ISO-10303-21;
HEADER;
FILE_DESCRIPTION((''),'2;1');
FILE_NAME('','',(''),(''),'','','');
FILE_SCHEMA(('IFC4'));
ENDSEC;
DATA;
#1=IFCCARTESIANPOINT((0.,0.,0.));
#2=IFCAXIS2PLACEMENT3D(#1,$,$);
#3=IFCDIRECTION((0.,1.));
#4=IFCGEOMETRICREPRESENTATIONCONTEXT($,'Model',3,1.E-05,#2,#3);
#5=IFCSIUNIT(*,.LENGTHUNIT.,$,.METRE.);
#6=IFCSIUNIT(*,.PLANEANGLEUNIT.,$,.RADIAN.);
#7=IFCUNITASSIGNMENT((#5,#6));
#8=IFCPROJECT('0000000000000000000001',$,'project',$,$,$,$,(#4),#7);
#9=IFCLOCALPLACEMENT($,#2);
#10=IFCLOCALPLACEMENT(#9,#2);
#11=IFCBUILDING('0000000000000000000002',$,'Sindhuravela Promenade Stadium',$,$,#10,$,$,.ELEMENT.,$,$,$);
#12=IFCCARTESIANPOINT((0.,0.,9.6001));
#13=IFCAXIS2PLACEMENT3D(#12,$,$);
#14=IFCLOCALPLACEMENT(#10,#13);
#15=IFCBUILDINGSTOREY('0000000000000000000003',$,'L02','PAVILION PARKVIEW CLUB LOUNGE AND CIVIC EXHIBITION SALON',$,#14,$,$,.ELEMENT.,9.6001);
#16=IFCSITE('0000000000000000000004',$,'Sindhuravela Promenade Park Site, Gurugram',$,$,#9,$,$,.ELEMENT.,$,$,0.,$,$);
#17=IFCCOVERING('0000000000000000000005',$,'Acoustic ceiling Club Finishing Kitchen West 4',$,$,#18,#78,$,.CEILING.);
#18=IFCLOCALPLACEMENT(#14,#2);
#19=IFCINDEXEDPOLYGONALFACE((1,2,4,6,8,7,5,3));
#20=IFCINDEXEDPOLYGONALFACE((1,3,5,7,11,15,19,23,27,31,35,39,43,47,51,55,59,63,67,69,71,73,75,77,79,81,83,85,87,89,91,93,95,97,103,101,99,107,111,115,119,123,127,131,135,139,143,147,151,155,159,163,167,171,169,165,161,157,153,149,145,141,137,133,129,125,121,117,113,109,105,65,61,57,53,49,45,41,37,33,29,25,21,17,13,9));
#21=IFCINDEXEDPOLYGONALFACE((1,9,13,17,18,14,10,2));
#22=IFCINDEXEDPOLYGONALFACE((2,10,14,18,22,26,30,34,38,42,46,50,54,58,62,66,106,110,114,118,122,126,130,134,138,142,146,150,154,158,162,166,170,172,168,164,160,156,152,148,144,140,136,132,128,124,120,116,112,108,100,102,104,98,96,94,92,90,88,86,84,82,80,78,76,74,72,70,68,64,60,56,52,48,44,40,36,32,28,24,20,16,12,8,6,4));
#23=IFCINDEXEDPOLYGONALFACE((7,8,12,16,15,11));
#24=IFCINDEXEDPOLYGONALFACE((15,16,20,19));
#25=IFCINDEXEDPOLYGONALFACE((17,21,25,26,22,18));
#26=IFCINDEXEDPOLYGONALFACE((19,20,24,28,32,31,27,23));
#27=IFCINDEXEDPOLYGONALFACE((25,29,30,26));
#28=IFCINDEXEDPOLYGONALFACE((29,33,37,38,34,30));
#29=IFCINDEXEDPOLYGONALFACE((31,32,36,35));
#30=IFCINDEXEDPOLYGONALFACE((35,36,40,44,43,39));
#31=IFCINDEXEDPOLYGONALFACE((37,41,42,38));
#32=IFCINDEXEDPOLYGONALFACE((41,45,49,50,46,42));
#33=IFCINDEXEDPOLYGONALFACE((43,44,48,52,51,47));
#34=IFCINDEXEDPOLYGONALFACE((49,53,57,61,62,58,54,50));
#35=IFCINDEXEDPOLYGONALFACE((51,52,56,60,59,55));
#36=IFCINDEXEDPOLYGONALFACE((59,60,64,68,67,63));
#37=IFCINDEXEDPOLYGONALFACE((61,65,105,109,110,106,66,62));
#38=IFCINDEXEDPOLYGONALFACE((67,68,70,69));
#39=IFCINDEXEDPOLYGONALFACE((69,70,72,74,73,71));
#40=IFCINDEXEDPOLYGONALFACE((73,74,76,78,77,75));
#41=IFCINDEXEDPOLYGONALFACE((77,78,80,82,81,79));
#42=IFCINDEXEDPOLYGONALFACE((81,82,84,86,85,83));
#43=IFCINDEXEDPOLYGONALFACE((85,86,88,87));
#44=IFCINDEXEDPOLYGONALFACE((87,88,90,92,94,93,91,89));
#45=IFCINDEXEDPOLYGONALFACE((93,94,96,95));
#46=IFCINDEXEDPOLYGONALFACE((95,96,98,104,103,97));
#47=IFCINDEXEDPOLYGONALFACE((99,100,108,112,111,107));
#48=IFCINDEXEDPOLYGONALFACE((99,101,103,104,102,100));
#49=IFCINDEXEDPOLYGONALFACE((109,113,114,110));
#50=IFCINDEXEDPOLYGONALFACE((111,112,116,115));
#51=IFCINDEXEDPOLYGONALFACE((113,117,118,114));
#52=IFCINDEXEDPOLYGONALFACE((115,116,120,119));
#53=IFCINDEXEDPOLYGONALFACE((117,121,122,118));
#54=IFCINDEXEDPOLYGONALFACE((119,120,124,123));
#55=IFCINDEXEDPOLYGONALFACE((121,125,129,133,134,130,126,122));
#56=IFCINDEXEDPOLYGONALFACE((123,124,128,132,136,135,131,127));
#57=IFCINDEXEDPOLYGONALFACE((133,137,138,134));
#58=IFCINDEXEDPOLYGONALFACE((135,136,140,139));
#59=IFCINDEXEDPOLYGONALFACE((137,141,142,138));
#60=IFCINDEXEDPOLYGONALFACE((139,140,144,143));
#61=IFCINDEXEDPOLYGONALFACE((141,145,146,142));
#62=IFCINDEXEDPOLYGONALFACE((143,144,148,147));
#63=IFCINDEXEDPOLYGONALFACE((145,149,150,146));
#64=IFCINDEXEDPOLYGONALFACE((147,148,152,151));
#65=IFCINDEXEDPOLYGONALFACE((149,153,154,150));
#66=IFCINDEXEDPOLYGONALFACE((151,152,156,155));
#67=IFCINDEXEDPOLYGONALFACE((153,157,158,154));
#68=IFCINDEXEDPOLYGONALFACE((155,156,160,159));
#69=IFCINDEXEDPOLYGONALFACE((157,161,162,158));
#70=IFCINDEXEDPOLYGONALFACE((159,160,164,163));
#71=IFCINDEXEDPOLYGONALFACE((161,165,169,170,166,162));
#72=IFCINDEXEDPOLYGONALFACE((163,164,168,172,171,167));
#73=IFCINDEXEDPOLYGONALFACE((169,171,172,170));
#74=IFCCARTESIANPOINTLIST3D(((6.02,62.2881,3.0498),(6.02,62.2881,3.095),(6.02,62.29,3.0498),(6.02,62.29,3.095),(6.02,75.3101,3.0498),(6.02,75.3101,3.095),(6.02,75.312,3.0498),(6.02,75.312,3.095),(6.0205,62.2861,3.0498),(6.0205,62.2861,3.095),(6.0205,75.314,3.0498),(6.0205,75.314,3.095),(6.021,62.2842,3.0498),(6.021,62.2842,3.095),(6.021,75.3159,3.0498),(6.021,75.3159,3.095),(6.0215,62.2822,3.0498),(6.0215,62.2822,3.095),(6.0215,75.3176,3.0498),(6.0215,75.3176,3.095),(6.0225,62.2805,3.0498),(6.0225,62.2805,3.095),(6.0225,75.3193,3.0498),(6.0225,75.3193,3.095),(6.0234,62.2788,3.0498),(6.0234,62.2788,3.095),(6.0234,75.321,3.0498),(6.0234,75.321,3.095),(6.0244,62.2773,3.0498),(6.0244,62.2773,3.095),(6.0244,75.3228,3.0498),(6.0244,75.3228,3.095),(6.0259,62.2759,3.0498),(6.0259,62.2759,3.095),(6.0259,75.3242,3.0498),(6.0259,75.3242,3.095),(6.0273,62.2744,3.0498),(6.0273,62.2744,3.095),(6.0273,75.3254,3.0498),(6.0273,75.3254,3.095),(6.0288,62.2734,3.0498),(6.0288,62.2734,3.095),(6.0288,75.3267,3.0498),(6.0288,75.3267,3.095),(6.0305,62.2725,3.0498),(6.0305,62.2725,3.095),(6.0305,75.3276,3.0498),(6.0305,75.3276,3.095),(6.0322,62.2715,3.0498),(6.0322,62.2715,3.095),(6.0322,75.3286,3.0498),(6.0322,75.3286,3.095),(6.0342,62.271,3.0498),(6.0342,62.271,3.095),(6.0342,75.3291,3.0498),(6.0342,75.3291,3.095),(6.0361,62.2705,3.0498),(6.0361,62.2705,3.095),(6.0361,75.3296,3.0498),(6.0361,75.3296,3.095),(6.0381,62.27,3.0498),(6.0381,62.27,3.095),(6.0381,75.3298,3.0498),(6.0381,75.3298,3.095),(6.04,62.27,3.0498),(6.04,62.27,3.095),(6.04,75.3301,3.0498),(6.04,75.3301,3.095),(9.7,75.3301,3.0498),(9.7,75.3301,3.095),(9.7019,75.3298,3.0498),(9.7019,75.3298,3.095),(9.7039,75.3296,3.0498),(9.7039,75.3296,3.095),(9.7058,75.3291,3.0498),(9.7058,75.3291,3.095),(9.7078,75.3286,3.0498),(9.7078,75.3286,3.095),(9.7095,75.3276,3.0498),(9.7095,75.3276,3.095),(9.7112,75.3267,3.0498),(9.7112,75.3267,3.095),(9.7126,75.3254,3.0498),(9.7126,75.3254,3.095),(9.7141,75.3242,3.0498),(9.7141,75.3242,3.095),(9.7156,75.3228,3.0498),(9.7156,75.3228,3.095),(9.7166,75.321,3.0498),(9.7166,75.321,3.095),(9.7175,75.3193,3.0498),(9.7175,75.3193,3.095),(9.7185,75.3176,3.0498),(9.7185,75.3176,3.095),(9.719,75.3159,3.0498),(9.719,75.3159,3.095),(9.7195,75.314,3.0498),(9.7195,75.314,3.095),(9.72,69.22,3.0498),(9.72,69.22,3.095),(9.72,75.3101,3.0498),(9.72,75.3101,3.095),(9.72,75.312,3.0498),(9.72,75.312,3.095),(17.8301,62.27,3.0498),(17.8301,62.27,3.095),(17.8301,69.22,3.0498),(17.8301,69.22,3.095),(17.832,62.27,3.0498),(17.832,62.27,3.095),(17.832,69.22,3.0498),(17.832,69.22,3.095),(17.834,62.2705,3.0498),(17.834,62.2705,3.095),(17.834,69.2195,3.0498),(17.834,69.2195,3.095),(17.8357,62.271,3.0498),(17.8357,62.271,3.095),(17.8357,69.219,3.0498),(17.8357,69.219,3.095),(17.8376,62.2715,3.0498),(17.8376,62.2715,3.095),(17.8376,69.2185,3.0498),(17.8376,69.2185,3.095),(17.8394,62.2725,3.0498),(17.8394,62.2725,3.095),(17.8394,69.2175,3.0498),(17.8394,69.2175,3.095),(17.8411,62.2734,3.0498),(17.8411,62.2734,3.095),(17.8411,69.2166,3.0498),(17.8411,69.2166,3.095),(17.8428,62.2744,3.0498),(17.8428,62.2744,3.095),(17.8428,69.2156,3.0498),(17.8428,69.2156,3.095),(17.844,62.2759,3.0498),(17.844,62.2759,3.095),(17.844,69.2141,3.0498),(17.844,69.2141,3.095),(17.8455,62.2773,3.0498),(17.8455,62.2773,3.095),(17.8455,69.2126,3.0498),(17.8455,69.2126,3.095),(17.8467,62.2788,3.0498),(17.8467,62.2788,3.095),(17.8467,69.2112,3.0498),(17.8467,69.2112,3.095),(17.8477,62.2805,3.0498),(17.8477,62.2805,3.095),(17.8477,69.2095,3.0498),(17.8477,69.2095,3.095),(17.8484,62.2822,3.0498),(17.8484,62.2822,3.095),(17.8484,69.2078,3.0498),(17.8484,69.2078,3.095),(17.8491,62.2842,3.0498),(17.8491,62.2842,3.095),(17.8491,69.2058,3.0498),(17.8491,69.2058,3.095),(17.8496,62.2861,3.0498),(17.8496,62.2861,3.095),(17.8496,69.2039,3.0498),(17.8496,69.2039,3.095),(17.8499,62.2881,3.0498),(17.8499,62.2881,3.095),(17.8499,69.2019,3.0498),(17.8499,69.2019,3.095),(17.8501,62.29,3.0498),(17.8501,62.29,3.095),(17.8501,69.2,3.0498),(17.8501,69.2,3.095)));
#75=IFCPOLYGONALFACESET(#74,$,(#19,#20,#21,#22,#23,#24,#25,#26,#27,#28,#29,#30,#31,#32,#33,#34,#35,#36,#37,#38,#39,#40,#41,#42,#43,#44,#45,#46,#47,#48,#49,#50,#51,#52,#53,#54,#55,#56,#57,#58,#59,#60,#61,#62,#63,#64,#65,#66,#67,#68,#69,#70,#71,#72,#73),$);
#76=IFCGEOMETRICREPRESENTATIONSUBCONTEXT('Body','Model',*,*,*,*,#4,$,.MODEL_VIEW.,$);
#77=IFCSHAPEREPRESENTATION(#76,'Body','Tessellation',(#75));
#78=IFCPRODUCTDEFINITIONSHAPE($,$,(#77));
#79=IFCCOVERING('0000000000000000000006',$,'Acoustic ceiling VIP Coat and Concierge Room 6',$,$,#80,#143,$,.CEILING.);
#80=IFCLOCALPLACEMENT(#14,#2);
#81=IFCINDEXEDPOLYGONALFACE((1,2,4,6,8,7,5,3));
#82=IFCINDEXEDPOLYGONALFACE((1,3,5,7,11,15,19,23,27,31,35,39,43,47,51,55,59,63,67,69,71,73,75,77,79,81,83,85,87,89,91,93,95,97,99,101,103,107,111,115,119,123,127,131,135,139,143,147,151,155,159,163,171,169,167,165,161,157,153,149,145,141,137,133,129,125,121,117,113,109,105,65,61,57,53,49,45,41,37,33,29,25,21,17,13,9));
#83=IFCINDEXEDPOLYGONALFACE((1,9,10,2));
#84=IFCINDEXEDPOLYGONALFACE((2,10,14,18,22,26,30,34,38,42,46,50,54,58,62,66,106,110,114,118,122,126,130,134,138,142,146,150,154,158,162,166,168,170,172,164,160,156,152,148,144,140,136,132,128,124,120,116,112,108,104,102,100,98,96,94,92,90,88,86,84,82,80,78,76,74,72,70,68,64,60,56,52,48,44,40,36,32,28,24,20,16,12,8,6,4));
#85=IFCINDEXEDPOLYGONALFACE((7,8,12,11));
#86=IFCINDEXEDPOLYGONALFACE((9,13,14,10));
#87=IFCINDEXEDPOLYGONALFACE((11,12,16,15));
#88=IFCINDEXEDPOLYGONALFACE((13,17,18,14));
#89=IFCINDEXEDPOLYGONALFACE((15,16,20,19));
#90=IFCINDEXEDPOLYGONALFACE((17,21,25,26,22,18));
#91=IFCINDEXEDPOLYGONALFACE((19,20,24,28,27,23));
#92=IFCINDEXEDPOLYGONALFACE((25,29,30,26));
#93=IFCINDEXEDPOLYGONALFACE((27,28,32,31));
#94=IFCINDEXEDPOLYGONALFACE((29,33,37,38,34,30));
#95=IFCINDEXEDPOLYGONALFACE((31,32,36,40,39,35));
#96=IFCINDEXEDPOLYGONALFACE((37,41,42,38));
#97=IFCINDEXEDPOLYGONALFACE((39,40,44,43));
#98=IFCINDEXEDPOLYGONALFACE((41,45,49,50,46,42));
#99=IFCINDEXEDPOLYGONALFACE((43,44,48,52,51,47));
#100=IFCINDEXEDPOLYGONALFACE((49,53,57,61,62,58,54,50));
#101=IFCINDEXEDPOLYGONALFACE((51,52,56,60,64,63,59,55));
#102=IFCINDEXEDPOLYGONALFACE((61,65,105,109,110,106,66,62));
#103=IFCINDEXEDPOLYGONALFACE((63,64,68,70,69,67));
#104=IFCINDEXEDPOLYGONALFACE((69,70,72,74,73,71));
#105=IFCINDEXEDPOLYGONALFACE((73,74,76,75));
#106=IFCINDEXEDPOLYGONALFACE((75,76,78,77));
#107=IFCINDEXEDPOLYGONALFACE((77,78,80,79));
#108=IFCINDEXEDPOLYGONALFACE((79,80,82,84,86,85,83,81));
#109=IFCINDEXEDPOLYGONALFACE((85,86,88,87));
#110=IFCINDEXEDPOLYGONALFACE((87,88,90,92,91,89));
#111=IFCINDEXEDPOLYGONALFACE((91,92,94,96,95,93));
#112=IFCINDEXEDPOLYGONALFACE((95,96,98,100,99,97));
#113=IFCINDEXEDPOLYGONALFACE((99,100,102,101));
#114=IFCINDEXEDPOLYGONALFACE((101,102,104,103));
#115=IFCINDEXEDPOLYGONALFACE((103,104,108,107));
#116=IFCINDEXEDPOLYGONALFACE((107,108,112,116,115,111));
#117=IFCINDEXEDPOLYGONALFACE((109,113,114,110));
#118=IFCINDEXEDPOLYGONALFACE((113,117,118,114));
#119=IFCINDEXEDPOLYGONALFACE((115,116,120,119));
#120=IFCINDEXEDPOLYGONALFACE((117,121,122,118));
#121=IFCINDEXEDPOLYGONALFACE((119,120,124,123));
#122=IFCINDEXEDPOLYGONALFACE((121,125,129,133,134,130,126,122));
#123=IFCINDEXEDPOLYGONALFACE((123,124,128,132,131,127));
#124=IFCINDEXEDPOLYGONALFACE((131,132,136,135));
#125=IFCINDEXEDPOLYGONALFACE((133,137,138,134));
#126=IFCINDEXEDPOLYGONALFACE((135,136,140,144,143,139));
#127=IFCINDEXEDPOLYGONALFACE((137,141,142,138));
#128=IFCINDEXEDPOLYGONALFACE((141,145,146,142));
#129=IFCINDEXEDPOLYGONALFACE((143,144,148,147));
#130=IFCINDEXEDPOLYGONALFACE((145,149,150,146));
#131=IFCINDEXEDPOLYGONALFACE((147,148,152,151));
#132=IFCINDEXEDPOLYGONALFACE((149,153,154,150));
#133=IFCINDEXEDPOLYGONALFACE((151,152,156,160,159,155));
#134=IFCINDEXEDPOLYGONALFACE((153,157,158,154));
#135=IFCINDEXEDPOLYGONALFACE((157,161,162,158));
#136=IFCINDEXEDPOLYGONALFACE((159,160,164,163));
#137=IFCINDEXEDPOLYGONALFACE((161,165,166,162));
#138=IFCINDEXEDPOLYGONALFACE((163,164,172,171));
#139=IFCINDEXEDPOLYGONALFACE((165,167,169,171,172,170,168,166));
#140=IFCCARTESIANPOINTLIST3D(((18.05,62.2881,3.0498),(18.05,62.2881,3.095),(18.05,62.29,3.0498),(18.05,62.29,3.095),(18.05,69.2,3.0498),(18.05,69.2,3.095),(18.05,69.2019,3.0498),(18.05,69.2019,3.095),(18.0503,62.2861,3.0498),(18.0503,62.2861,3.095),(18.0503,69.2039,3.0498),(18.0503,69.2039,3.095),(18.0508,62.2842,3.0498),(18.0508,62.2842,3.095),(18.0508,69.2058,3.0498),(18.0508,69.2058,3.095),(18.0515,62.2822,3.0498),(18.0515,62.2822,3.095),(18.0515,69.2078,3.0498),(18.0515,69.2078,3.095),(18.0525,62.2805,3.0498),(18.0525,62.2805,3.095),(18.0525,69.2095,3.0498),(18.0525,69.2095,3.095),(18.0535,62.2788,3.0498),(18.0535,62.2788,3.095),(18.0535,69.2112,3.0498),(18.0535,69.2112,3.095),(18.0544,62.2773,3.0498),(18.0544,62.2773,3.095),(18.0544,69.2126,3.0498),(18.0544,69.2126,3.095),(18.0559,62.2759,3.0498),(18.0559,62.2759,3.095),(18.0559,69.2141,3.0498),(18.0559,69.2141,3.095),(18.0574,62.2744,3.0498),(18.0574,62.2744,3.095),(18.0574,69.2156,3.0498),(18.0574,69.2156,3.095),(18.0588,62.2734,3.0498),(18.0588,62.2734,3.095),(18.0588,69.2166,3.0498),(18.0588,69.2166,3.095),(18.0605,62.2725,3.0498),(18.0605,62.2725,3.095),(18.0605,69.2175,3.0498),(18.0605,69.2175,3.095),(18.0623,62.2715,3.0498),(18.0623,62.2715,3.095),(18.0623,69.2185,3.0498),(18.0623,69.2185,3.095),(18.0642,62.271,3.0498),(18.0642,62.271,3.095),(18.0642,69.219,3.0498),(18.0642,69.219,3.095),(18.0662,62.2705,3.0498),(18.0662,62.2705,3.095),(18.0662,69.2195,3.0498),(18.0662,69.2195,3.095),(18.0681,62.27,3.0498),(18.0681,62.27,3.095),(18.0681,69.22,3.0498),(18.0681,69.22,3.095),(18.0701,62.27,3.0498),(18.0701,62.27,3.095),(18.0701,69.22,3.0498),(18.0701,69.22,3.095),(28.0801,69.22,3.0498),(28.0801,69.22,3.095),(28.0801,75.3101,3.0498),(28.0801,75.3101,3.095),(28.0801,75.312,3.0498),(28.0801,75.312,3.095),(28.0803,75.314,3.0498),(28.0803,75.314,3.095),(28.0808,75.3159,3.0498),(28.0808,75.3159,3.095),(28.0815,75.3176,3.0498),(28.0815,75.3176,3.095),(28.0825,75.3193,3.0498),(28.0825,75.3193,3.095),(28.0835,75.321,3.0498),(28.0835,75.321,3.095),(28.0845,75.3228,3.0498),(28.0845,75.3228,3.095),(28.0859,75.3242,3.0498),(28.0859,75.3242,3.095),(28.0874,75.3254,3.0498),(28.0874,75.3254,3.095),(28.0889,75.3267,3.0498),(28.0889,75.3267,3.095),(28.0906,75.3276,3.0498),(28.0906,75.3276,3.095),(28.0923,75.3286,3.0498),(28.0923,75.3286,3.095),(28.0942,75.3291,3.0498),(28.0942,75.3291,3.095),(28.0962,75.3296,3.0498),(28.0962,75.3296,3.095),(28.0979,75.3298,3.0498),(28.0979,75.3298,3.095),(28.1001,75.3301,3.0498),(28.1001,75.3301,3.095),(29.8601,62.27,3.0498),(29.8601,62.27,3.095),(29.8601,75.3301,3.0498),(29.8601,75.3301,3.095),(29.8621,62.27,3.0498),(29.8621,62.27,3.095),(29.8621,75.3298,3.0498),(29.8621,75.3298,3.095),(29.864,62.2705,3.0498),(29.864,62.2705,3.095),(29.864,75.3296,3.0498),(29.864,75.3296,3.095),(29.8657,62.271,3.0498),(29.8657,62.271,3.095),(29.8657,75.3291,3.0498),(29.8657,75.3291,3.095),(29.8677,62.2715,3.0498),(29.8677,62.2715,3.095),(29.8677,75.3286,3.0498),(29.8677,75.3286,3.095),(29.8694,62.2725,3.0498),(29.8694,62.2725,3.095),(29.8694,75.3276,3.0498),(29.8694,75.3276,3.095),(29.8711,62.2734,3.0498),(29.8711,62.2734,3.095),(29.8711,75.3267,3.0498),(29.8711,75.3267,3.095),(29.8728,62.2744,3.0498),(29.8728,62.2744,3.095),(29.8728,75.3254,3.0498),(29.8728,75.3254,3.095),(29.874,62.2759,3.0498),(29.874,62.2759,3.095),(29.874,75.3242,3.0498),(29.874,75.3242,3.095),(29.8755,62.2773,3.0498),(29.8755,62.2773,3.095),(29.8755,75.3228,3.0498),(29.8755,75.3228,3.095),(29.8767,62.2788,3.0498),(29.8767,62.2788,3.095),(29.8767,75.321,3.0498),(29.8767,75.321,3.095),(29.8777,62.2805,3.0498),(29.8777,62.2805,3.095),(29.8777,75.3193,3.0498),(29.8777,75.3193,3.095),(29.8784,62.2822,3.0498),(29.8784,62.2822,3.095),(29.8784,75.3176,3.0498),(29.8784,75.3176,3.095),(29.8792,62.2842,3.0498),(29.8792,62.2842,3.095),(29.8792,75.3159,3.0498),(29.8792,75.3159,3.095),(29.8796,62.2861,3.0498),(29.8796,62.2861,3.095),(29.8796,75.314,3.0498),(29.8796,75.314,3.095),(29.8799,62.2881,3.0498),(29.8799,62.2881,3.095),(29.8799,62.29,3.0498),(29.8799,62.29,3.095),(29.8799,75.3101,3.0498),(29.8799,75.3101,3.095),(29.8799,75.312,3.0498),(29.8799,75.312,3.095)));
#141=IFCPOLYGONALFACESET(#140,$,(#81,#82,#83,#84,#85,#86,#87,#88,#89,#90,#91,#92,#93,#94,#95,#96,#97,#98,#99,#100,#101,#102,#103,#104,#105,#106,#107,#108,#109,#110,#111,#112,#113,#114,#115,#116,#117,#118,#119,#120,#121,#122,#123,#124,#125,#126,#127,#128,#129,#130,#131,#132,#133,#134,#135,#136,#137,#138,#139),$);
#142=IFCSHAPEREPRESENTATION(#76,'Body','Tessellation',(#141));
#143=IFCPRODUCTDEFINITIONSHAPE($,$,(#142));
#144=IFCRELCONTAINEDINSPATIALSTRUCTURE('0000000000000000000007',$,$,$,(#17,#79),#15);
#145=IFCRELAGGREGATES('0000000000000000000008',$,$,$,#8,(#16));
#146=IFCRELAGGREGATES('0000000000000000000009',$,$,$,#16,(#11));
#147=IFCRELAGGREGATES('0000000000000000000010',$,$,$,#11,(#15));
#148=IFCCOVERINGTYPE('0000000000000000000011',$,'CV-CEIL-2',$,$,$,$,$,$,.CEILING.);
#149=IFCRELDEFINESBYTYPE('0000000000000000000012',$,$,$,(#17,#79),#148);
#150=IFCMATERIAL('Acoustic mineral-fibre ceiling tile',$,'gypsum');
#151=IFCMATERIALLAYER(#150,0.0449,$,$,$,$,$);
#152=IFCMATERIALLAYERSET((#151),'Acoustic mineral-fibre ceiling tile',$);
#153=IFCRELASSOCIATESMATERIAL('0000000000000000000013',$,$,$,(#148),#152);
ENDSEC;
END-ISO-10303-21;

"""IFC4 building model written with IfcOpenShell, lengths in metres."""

from ifc_helpers import new_model, si_unit, direction, frame, origin, place, context, subcontext, project, spatial, polyline, outline, extrude, material, layer, layer_set, type_object, element, save


model = new_model("IFC4")

# Units and contexts
model_context = context("Model", 3, precision=1e-05, world=origin(), true_north=direction((0.0, 1.0)))
body_context = subcontext(model_context, "Body", "Model", "MODEL_VIEW")
ifc_project = project(units=[si_unit("LENGTHUNIT", "METRE"), si_unit("PLANEANGLEUNIT", "RADIAN")], contexts=[model_context])

# Site, building, storey
site_placement = place(None, origin())
site = spatial("IfcSite", under=ifc_project, at=site_placement, Name="Sindhuravela Promenade Park Site, Gurugram", CompositionType="ELEMENT", RefElevation=0.0)
building_placement = place(site_placement, origin())
building = spatial("IfcBuilding", under=site, at=building_placement, Name="Sindhuravela Promenade Stadium", CompositionType="ELEMENT")
storey_placement = place(building_placement, frame((0.0, 0.0, 9.6001)))
storey = spatial("IfcBuildingStorey", under=building, at=storey_placement, Name="L02", Description="PAVILION PARKVIEW CLUB LOUNGE AND CIVIC EXHIBITION SALON", CompositionType="ELEMENT", Elevation=9.6001)

# Coverings
ifc_material_1 = material(Name="Acoustic mineral-fibre ceiling tile", Category="gypsum")
ifc_layer_1 = layer(ifc_material_1, 0.0449)
ifc_layer_set_1 = layer_set([ifc_layer_1], Name="Acoustic mineral-fibre ceiling tile")
covering_type_1 = type_object("IfcCoveringType", Name="CV-CEIL-2", PredefinedType="CEILING", material=ifc_layer_set_1)
covering_1_placement = place(storey_placement, frame((0.0, 0.0, 3.0498)))
element("IfcCovering", 1, at=covering_1_placement, inside=storey, type_object=covering_type_1, Name="Acoustic ceiling Club Finishing Kitchen West 4", PredefinedType="CEILING", context=body_context, shape_type="SweptSolid", body=[
    extrude(outline(polyline([(6.04, 62.27), (6.0381, 62.27), (6.0361, 62.2705), (6.0342, 62.271), (6.0322, 62.2715), (6.0305, 62.2725), (6.0288, 62.2734), (6.0273, 62.2744), (6.0259, 62.2759), (6.0244, 62.2773), (6.0234, 62.2788), (6.0225, 62.2805), (6.0215, 62.2822), (6.021, 62.2842), (6.0205, 62.2861), (6.02, 62.2881), (6.02, 62.29), (6.02, 75.3101), (6.02, 75.312), (6.0205, 75.314), (6.021, 75.3159), (6.0215, 75.3176), (6.0225, 75.3193), (6.0234, 75.321), (6.0244, 75.3228), (6.0259, 75.3242), (6.0273, 75.3254), (6.0288, 75.3267), (6.0305, 75.3276), (6.0322, 75.3286), (6.0342, 75.3291), (6.0361, 75.3296), (6.0381, 75.3298), (6.04, 75.3301), (9.7, 75.3301), (9.7019, 75.3298), (9.7039, 75.3296), (9.7058, 75.3291), (9.7078, 75.3286), (9.7095, 75.3276), (9.7112, 75.3267), (9.7126, 75.3254), (9.7141, 75.3242), (9.7156, 75.3228), (9.7166, 75.321), (9.7175, 75.3193), (9.7185, 75.3176), (9.719, 75.3159), (9.7195, 75.314), (9.72, 75.312), (9.72, 75.3101), (9.72, 69.22), (17.8301, 69.22), (17.832, 69.22), (17.834, 69.2195), (17.8357, 69.219), (17.8376, 69.2185), (17.8394, 69.2175), (17.8411, 69.2166), (17.8428, 69.2156), (17.844, 69.2141), (17.8455, 69.2126), (17.8467, 69.2112), (17.8477, 69.2095), (17.8484, 69.2078), (17.8491, 69.2058), (17.8496, 69.2039), (17.8499, 69.2019), (17.8501, 69.2), (17.8501, 62.29), (17.8499, 62.2881), (17.8496, 62.2861), (17.8491, 62.2842), (17.8484, 62.2822), (17.8477, 62.2805), (17.8467, 62.2788), (17.8455, 62.2773), (17.844, 62.2759), (17.8428, 62.2744), (17.8411, 62.2734), (17.8394, 62.2725), (17.8376, 62.2715), (17.8357, 62.271), (17.834, 62.2705), (17.832, 62.27), (17.8301, 62.27), (6.04, 62.27)])), origin(), (0.0, 0.0, 1.0), 0.0452),
])
covering_2_placement = place(storey_placement, frame((0.0, 0.0, 3.0498)))
element("IfcCovering", 2, at=covering_2_placement, inside=storey, type_object=covering_type_1, Name="Acoustic ceiling VIP Coat and Concierge Room 6", PredefinedType="CEILING", context=body_context, shape_type="SweptSolid", body=[
    extrude(outline(polyline([(28.0801, 75.3101), (28.0801, 75.312), (28.0803, 75.314), (28.0808, 75.3159), (28.0815, 75.3176), (28.0825, 75.3193), (28.0835, 75.321), (28.0845, 75.3228), (28.0859, 75.3242), (28.0874, 75.3254), (28.0889, 75.3267), (28.0906, 75.3276), (28.0923, 75.3286), (28.0942, 75.3291), (28.0962, 75.3296), (28.0979, 75.3298), (28.1001, 75.3301), (29.8601, 75.3301), (29.8621, 75.3298), (29.864, 75.3296), (29.8657, 75.3291), (29.8677, 75.3286), (29.8694, 75.3276), (29.8711, 75.3267), (29.8728, 75.3254), (29.874, 75.3242), (29.8755, 75.3228), (29.8767, 75.321), (29.8777, 75.3193), (29.8784, 75.3176), (29.8792, 75.3159), (29.8796, 75.314), (29.8799, 75.312), (29.8799, 75.3101), (29.8799, 62.29), (29.8799, 62.2881), (29.8796, 62.2861), (29.8792, 62.2842), (29.8784, 62.2822), (29.8777, 62.2805), (29.8767, 62.2788), (29.8755, 62.2773), (29.874, 62.2759), (29.8728, 62.2744), (29.8711, 62.2734), (29.8694, 62.2725), (29.8677, 62.2715), (29.8657, 62.271), (29.864, 62.2705), (29.8621, 62.27), (29.8601, 62.27), (18.0701, 62.27), (18.0681, 62.27), (18.0662, 62.2705), (18.0642, 62.271), (18.0623, 62.2715), (18.0605, 62.2725), (18.0588, 62.2734), (18.0574, 62.2744), (18.0559, 62.2759), (18.0544, 62.2773), (18.0535, 62.2788), (18.0525, 62.2805), (18.0515, 62.2822), (18.0508, 62.2842), (18.0503, 62.2861), (18.05, 62.2881), (18.05, 62.29), (18.05, 69.2), (18.05, 69.2019), (18.0503, 69.2039), (18.0508, 69.2058), (18.0515, 69.2078), (18.0525, 69.2095), (18.0535, 69.2112), (18.0544, 69.2126), (18.0559, 69.2141), (18.0574, 69.2156), (18.0588, 69.2166), (18.0605, 69.2175), (18.0623, 69.2185), (18.0642, 69.219), (18.0662, 69.2195), (18.0681, 69.22), (18.0701, 69.22), (28.0801, 69.22), (28.0801, 75.3101)])), origin(), (0.0, 0.0, 1.0), 0.0452),
])

save(model, "model.ifc")
